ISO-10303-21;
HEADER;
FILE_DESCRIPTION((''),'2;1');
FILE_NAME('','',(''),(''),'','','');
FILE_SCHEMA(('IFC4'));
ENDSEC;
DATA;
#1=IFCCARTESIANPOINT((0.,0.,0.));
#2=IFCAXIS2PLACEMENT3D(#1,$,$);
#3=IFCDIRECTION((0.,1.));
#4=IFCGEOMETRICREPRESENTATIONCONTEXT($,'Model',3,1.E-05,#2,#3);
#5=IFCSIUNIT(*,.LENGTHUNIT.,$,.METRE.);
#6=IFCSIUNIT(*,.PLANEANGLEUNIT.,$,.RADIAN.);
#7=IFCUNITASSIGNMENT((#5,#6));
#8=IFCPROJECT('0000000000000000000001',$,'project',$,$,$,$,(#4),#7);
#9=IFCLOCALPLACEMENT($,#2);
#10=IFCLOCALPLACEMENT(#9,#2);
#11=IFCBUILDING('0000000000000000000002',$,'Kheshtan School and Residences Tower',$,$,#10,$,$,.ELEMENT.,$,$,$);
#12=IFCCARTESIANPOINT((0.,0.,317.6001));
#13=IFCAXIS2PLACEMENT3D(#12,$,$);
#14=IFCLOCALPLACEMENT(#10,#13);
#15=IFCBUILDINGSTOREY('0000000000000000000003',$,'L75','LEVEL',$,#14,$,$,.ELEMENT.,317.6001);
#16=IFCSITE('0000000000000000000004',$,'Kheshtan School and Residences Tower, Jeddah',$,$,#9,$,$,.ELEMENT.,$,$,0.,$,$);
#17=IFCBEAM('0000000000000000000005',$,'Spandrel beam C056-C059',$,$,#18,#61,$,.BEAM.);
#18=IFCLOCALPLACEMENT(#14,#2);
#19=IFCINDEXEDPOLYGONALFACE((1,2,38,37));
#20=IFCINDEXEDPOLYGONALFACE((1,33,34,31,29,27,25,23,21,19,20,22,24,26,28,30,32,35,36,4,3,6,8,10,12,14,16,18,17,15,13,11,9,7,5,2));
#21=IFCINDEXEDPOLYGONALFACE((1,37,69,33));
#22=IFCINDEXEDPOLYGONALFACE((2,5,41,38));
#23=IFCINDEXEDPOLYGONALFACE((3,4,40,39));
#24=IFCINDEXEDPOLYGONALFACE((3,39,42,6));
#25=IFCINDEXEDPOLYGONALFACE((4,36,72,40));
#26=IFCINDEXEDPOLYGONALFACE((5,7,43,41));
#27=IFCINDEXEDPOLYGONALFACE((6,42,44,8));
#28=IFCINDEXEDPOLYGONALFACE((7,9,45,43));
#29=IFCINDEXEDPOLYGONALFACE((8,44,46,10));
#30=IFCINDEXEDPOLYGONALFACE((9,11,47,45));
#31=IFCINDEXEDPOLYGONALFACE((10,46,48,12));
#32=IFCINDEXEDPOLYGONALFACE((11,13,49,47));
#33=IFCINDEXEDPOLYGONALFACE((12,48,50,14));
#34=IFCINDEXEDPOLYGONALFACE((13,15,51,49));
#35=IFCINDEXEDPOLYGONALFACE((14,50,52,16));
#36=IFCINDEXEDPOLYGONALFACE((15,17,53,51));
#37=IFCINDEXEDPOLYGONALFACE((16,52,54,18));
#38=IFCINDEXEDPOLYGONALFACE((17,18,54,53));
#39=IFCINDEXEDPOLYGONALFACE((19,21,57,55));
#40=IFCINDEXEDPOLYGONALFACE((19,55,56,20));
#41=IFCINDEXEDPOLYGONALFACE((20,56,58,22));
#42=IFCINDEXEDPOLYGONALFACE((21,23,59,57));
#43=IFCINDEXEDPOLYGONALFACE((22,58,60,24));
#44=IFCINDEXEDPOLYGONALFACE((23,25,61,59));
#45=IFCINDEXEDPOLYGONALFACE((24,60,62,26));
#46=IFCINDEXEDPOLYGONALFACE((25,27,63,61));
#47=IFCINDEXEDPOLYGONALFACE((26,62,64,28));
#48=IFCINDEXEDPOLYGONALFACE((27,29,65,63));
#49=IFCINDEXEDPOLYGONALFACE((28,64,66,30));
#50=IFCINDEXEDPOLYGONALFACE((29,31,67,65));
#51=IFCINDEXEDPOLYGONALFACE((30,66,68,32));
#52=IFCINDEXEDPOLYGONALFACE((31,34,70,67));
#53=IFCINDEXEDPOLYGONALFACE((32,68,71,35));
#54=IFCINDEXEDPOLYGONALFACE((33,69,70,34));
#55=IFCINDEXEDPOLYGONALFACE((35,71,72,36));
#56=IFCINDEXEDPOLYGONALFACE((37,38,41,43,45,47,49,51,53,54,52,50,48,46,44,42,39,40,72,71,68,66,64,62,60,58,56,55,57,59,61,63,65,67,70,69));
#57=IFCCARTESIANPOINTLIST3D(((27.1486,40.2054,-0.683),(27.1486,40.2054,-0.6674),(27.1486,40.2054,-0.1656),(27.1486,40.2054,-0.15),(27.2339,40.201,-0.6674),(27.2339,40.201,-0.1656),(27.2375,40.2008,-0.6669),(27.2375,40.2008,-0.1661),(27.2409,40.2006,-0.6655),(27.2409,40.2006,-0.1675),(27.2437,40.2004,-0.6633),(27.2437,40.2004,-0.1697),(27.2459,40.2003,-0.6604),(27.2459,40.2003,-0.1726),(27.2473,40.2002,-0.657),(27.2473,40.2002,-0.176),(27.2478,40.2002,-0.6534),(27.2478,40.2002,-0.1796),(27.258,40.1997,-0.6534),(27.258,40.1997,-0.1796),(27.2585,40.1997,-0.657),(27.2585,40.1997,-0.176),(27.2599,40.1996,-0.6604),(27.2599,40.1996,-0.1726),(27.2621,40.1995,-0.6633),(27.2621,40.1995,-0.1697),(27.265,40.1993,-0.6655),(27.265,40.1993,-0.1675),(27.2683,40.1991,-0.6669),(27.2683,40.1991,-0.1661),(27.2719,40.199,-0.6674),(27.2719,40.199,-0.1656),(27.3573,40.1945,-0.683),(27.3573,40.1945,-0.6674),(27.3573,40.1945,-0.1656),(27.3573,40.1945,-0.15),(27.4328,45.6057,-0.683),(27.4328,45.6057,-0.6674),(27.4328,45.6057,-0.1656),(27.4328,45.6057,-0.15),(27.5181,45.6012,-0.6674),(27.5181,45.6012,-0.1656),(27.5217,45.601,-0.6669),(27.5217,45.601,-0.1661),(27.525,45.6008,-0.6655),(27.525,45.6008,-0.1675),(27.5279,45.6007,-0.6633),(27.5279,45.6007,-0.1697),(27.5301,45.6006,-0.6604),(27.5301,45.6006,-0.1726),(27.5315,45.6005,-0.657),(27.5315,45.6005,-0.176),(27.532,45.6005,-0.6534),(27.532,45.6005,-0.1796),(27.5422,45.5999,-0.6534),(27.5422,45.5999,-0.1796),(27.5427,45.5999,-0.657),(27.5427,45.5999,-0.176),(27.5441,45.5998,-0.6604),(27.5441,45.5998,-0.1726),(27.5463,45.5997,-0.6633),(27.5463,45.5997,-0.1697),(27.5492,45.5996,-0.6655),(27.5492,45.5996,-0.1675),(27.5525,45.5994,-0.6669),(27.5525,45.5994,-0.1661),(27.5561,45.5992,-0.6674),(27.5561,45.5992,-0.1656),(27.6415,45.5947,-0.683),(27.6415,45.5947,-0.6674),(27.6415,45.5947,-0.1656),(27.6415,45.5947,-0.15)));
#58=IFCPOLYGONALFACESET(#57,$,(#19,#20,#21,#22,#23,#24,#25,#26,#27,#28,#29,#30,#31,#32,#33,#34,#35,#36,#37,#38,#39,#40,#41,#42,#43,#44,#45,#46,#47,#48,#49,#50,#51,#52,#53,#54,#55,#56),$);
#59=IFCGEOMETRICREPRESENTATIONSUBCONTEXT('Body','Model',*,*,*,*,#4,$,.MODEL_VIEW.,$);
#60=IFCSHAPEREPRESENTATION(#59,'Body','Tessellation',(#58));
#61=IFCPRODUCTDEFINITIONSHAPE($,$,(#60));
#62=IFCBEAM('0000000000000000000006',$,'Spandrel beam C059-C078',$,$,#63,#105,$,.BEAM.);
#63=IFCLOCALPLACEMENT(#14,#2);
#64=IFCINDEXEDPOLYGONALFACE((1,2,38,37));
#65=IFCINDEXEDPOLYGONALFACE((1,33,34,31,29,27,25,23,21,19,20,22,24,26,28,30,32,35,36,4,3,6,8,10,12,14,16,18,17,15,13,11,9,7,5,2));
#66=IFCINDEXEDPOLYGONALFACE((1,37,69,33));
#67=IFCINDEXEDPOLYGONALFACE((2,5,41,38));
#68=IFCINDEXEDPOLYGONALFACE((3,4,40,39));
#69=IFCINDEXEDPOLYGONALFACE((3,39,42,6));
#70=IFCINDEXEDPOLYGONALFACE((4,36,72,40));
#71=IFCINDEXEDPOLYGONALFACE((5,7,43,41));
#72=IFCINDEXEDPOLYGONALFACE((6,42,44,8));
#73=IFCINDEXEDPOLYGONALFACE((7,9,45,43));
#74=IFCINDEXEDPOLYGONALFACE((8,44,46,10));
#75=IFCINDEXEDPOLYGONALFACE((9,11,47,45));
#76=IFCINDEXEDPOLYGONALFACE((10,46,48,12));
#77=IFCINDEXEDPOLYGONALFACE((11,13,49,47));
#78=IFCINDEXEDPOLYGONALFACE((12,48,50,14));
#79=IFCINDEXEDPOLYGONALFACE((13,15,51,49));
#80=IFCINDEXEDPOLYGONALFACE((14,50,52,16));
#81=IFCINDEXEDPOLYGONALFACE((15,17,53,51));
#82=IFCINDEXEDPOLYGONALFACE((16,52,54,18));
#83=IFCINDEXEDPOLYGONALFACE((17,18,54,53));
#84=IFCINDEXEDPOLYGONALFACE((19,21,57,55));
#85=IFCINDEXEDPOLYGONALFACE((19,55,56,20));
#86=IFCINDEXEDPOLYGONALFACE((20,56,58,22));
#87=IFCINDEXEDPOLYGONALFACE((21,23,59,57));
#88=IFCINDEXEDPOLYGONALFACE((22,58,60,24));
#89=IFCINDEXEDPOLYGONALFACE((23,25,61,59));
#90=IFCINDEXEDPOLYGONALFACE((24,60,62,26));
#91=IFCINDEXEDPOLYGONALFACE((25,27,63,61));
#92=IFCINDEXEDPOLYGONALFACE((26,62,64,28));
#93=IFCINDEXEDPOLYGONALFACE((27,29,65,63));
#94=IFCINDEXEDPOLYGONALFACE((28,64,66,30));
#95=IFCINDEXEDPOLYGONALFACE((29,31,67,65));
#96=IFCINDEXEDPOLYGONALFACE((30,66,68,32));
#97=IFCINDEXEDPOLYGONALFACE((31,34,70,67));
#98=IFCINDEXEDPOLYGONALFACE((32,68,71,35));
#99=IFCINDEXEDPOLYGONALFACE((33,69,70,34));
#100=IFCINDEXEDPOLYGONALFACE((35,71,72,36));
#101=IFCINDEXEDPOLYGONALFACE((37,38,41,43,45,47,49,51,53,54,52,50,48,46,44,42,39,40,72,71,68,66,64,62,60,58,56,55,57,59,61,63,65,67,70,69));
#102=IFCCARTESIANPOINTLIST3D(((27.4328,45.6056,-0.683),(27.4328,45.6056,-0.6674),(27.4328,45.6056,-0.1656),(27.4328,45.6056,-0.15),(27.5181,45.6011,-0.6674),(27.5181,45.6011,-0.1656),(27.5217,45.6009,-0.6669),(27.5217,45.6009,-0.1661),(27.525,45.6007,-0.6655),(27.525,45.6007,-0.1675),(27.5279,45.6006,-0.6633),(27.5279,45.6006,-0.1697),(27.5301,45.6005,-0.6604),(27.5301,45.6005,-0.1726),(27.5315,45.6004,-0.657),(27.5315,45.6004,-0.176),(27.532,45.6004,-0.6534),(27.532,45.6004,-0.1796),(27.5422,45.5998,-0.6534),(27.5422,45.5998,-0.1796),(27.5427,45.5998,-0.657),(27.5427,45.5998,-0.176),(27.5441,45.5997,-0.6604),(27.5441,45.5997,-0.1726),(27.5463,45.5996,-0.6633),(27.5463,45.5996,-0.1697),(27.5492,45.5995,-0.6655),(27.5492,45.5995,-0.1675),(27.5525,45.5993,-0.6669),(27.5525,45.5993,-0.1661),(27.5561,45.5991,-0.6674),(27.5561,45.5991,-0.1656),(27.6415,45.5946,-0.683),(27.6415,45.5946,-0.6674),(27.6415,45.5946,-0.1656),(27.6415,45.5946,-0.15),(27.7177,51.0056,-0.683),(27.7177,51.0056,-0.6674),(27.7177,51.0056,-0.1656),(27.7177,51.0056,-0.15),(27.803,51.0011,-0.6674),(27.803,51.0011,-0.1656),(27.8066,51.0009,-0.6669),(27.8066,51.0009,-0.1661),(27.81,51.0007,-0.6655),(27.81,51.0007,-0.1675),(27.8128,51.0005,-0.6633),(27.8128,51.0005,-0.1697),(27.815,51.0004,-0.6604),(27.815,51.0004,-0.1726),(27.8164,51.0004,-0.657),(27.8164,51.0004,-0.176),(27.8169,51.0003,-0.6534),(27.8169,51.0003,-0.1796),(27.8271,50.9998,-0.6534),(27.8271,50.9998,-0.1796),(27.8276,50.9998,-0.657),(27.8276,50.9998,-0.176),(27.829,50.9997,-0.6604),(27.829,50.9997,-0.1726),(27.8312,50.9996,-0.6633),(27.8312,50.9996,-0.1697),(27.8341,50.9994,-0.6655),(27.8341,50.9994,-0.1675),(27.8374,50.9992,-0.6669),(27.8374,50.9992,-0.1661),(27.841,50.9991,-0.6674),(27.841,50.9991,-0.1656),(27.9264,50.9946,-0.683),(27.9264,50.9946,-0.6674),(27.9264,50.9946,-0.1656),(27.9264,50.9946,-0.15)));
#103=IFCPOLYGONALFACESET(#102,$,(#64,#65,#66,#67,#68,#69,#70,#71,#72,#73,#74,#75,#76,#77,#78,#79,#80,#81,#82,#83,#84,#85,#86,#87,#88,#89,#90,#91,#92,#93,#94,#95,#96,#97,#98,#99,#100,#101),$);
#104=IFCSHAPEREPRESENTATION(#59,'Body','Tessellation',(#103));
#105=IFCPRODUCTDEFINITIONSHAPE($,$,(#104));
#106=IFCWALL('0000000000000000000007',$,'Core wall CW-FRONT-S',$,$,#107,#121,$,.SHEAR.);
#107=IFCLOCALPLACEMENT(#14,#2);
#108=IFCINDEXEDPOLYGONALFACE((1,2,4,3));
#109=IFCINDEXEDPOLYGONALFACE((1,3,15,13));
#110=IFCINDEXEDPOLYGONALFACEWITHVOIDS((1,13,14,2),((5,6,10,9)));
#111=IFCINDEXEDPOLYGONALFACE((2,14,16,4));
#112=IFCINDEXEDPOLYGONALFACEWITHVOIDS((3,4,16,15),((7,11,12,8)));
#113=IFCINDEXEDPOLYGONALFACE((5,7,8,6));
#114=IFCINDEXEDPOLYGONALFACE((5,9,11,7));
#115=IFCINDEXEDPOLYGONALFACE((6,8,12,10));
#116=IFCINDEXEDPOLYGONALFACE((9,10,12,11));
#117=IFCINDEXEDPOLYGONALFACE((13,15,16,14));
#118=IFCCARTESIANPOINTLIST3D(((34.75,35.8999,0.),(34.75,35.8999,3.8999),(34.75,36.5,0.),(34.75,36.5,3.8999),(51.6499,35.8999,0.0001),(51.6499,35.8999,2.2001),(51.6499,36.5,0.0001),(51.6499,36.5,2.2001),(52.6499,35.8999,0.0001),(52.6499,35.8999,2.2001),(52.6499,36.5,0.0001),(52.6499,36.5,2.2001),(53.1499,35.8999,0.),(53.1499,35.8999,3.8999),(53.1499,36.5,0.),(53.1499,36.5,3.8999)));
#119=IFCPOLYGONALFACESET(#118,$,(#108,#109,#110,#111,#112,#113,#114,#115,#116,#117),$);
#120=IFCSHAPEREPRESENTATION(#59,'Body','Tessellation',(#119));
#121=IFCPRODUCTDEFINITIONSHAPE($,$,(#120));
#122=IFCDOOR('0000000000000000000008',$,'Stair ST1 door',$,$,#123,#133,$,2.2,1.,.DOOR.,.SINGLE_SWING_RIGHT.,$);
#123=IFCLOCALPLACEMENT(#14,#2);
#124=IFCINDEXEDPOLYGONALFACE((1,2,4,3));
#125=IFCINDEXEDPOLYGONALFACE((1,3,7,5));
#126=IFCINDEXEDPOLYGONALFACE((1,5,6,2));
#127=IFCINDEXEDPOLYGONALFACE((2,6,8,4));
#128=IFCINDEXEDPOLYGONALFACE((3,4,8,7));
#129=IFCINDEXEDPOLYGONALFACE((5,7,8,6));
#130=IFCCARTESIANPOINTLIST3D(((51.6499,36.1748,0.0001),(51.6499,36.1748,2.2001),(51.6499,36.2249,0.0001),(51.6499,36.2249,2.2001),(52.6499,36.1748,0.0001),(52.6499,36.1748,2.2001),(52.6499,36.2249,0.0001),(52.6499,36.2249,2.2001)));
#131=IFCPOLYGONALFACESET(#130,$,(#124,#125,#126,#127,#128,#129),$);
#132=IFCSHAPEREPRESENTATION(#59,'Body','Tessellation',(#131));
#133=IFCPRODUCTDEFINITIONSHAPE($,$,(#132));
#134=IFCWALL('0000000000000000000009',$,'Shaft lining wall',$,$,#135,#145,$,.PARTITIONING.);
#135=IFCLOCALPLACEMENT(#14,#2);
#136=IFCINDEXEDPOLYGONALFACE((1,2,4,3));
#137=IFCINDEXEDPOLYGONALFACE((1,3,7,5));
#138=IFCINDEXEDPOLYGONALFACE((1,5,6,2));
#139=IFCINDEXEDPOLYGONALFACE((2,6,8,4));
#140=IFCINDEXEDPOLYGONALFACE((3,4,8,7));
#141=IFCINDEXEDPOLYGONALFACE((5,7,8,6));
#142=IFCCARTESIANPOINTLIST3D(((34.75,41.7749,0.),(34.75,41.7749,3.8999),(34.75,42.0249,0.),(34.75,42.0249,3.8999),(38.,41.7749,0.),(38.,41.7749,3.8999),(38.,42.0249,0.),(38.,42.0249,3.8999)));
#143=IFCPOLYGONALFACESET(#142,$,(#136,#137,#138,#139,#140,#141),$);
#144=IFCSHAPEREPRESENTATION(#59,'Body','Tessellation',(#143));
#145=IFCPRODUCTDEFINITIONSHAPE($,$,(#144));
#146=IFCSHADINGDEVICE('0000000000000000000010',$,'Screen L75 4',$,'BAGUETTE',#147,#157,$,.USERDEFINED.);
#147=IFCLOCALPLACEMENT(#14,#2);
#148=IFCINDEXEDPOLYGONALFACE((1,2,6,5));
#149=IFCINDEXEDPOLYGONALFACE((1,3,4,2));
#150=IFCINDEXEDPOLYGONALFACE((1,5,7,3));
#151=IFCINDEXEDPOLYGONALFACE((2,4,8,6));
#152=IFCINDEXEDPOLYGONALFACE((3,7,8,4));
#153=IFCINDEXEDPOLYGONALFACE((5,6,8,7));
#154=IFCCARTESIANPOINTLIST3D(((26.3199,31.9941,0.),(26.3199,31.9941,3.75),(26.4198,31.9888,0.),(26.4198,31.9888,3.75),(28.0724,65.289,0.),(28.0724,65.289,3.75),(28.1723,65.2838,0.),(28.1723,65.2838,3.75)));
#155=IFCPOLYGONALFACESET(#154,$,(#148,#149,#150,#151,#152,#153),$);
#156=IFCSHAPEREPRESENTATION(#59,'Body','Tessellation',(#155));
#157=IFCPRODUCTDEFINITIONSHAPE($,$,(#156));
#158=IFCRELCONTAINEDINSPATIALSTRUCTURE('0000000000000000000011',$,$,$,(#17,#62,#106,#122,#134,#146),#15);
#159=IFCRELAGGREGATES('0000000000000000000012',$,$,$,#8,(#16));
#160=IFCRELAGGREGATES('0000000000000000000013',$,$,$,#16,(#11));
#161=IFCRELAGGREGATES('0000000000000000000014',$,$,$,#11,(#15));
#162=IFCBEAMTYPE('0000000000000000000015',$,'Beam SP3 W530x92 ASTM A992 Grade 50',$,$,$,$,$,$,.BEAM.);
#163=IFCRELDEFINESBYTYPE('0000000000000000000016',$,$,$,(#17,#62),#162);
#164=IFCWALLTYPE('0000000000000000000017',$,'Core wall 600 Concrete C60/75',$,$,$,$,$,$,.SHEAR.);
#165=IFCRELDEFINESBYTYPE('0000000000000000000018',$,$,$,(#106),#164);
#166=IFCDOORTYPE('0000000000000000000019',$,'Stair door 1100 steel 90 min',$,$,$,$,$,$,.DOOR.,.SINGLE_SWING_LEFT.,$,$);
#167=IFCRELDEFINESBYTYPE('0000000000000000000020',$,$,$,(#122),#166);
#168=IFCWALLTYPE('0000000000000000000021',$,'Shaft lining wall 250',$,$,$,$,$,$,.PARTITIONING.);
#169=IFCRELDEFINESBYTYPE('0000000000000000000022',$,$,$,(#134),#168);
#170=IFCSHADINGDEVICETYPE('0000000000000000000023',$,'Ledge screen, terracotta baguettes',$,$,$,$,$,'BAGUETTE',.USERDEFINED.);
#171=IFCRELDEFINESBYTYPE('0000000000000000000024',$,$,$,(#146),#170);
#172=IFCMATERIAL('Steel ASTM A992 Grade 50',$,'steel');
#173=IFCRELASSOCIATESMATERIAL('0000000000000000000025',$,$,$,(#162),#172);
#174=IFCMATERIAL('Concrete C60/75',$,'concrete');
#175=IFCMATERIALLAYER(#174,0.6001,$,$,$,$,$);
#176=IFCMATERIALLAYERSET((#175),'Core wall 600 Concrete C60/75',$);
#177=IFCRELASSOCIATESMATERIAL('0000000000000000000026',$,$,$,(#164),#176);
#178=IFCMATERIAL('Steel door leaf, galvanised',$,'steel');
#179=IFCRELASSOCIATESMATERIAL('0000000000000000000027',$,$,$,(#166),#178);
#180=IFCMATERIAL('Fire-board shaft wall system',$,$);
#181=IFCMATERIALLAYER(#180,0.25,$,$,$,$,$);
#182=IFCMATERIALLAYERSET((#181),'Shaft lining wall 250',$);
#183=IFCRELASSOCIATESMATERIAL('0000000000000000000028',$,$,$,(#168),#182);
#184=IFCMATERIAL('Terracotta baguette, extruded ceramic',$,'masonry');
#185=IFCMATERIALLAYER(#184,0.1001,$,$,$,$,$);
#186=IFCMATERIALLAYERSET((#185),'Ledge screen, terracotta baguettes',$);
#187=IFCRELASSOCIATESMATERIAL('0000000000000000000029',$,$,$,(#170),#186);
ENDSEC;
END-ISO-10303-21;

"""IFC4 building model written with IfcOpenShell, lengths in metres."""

from ifc_helpers import new_model, si_unit, direction, frame, frame_2d, origin, origin_2d, place, context, subcontext, project, spatial, rectangle, i_section, extrude, source, transform, mapped, material, layer, layer_set, material_profile, profile_set, type_object, element, fill, save


model = new_model("IFC4")

# Units and contexts
model_context = context("Model", 3, precision=1e-05, world=origin(), true_north=direction((0.0, 1.0)))
body_context = subcontext(model_context, "Body", "Model", "MODEL_VIEW")
ifc_project = project(units=[si_unit("LENGTHUNIT", "METRE"), si_unit("PLANEANGLEUNIT", "RADIAN")], contexts=[model_context])

# Site, building, storey
site_placement = place(None, origin())
site = spatial("IfcSite", under=ifc_project, at=site_placement, Name="Kheshtan School and Residences Tower, Jeddah", CompositionType="ELEMENT", RefElevation=0.0)
building_placement = place(site_placement, origin())
building = spatial("IfcBuilding", under=site, at=building_placement, Name="Kheshtan School and Residences Tower", CompositionType="ELEMENT")
storey_placement = place(building_placement, frame((0.0, 0.0, 317.6001)))
storey = spatial("IfcBuildingStorey", under=building, at=storey_placement, Name="L75", Description="LEVEL", CompositionType="ELEMENT", Elevation=317.6001)

# Shared definitions
ifc_material_1 = material(Name="Steel ASTM A992 Grade 50", Category="steel")

# Beams
ifc_material_profile_1 = material_profile(ifc_material_1, i_section(OverallWidth=0.209, OverallDepth=0.533, WebThickness=0.0103, FlangeThickness=0.0156, FilletRadius=0.0139, at=origin_2d()), Name="W530x92")
ifc_profile_set_1 = profile_set([ifc_material_profile_1], Name="Steel ASTM A992 Grade 50")
beam_type_1 = type_object("IfcBeamType", Name="Beam SP3 W530x92 ASTM A992 Grade 50", PredefinedType="BEAM", material=ifc_profile_set_1)
beam_1_placement = place(storey_placement, frame((27.2529, 40.2, -0.4165), z_axis=(0.052552, 0.998618, 0.0), x_axis=(-0.998618, 0.052552, 0.0)))
element("IfcBeam", 1, at=beam_1_placement, inside=storey, type_object=beam_type_1, Name="Spandrel beam C056-C059", PredefinedType="BEAM", context=body_context, shape_type="SweptSolid", body=[
    extrude(i_section(OverallWidth=0.209, OverallDepth=0.533, WebThickness=0.0103, FlangeThickness=0.0156, FilletRadius=0.0139, at=origin_2d()), origin(), (0.0, 0.0, 1.0), 5.4077),
])
beam_2_placement = place(storey_placement, frame((27.5371, 45.6001, -0.4165), z_axis=(0.052689, 0.998611, 0.0), x_axis=(-0.998611, 0.052689, 0.0)))
element("IfcBeam", 2, at=beam_2_placement, inside=storey, type_object=beam_type_1, Name="Spandrel beam C059-C078", PredefinedType="BEAM", context=body_context, shape_type="SweptSolid", body=[
    extrude(i_section(OverallWidth=0.209, OverallDepth=0.533, WebThickness=0.0103, FlangeThickness=0.0156, FilletRadius=0.0139, at=origin_2d()), origin(), (0.0, 0.0, 1.0), 5.4075),
])

# Wall, opening, door
ifc_material_2 = material(Name="Concrete C60/75", Category="concrete")
ifc_layer_1 = layer(ifc_material_2, 0.6001)
ifc_layer_set_1 = layer_set([ifc_layer_1], Name="Core wall 600 Concrete C60/75")
wall_type_1 = type_object("IfcWallType", Name="Core wall 600 Concrete C60/75", PredefinedType="SHEAR", material=ifc_layer_set_1)
wall_1_placement = place(storey_placement, frame((34.75, 36.2, 0.0), z_axis=(0.0, 0.0, 1.0), x_axis=(1.0, 0.0, 0.0)))
wall_1 = element("IfcWall", 3, at=wall_1_placement, inside=storey, type_object=wall_type_1, Name="Core wall CW-FRONT-S", PredefinedType="SHEAR", context=body_context, shape_type="SweptSolid", body=[
    extrude(rectangle(XDim=18.3999, YDim=0.6001, at=frame_2d((9.2, 0.0))), origin(), (0.0, 0.0, 1.0), 3.8999),
])
opening_placement = place(wall_1_placement, frame((16.8999, 0.0, 0.0)))
opening = element("IfcOpeningElement", 4, at=opening_placement, cuts=wall_1, PredefinedType="OPENING", context=body_context, shape_type="SweptSolid", body=[
    extrude(rectangle(XDim=1.0, YDim=2.2, at=frame_2d((0.5, 1.1001))), frame((0.0, 0.3101, 0.0), z_axis=(0.0, -1.0, 0.0), x_axis=(1.0, 0.0, 0.0)), (0.0, 0.0, 1.0), 0.6201),
])
ifc_material_3 = material(Name="Steel door leaf, galvanised", Category="steel")
door_type = type_object("IfcDoorType", Name="Stair door 1100 steel 90 min", OperationType="SINGLE_SWING_LEFT", PredefinedType="DOOR", material=ifc_material_3)
shared_shape = source(origin(), body_context, "Body", "SweptSolid", [
    extrude(rectangle(XDim=1.0, YDim=2.2, at=frame_2d((0.5, 1.1001))), frame((0.0, 0.0249, 0.0), z_axis=(0.0, -1.0, 0.0), x_axis=(1.0, 0.0, 0.0)), (0.0, 0.0, 1.0), 0.05),
])
door_placement = place(opening_placement, origin())
door = element("IfcDoor", 5, at=door_placement, inside=storey, type_object=door_type, Name="Stair ST1 door", OperationType="SINGLE_SWING_RIGHT", OverallHeight=2.2, OverallWidth=1.0, PredefinedType="DOOR", context=body_context, shape_type="MappedRepresentation", body=[
    mapped(shared_shape, transform((0.0, 0.0, 0.0), x_axis=(1.0, 0.0, 0.0), y_axis=(0.0, 1.0, 0.0), z_axis=(0.0, 0.0, 1.0), scale=1.0)),
])
fill(opening, door)

# Wall
ifc_material_4 = material(Name="Fire-board shaft wall system")
ifc_layer_2 = layer(ifc_material_4, 0.25)
ifc_layer_set_2 = layer_set([ifc_layer_2], Name="Shaft lining wall 250")
wall_type_2 = type_object("IfcWallType", Name="Shaft lining wall 250", PredefinedType="PARTITIONING", material=ifc_layer_set_2)
wall_2_placement = place(storey_placement, frame((34.75, 41.8999, 0.0), z_axis=(0.0, 0.0, 1.0), x_axis=(1.0, 0.0, 0.0)))
element("IfcWall", 6, at=wall_2_placement, inside=storey, type_object=wall_type_2, Name="Shaft lining wall", PredefinedType="PARTITIONING", context=body_context, shape_type="SweptSolid", body=[
    extrude(rectangle(XDim=3.25, YDim=0.25, at=frame_2d((1.625, 0.0))), origin(), (0.0, 0.0, 1.0), 3.8999),
])

# Shading device
ifc_material_5 = material(Name="Terracotta baguette, extruded ceramic", Category="masonry")
ifc_layer_3 = layer(ifc_material_5, 0.1001)
ifc_layer_set_3 = layer_set([ifc_layer_3], Name="Ledge screen, terracotta baguettes")
shading_device_type = type_object("IfcShadingDeviceType", Name="Ledge screen, terracotta baguettes", ElementType="BAGUETTE", PredefinedType="USERDEFINED", material=ifc_layer_set_3)
shading_device_placement = place(storey_placement, frame((27.2461, 48.6389, 0.0), z_axis=(0.0, 0.0, 1.0), x_axis=(0.052563, 0.998618, 0.0)))
element("IfcShadingDevice", 7, at=shading_device_placement, inside=storey, type_object=shading_device_type, Name="Screen L75 4", ObjectType="BAGUETTE", PredefinedType="USERDEFINED", context=body_context, shape_type="SweptSolid", body=[
    extrude(rectangle(XDim=33.3411, YDim=0.1001, at=origin_2d()), origin(), (0.0, 0.0, 1.0), 3.75),
])

save(model, "model.ifc")
